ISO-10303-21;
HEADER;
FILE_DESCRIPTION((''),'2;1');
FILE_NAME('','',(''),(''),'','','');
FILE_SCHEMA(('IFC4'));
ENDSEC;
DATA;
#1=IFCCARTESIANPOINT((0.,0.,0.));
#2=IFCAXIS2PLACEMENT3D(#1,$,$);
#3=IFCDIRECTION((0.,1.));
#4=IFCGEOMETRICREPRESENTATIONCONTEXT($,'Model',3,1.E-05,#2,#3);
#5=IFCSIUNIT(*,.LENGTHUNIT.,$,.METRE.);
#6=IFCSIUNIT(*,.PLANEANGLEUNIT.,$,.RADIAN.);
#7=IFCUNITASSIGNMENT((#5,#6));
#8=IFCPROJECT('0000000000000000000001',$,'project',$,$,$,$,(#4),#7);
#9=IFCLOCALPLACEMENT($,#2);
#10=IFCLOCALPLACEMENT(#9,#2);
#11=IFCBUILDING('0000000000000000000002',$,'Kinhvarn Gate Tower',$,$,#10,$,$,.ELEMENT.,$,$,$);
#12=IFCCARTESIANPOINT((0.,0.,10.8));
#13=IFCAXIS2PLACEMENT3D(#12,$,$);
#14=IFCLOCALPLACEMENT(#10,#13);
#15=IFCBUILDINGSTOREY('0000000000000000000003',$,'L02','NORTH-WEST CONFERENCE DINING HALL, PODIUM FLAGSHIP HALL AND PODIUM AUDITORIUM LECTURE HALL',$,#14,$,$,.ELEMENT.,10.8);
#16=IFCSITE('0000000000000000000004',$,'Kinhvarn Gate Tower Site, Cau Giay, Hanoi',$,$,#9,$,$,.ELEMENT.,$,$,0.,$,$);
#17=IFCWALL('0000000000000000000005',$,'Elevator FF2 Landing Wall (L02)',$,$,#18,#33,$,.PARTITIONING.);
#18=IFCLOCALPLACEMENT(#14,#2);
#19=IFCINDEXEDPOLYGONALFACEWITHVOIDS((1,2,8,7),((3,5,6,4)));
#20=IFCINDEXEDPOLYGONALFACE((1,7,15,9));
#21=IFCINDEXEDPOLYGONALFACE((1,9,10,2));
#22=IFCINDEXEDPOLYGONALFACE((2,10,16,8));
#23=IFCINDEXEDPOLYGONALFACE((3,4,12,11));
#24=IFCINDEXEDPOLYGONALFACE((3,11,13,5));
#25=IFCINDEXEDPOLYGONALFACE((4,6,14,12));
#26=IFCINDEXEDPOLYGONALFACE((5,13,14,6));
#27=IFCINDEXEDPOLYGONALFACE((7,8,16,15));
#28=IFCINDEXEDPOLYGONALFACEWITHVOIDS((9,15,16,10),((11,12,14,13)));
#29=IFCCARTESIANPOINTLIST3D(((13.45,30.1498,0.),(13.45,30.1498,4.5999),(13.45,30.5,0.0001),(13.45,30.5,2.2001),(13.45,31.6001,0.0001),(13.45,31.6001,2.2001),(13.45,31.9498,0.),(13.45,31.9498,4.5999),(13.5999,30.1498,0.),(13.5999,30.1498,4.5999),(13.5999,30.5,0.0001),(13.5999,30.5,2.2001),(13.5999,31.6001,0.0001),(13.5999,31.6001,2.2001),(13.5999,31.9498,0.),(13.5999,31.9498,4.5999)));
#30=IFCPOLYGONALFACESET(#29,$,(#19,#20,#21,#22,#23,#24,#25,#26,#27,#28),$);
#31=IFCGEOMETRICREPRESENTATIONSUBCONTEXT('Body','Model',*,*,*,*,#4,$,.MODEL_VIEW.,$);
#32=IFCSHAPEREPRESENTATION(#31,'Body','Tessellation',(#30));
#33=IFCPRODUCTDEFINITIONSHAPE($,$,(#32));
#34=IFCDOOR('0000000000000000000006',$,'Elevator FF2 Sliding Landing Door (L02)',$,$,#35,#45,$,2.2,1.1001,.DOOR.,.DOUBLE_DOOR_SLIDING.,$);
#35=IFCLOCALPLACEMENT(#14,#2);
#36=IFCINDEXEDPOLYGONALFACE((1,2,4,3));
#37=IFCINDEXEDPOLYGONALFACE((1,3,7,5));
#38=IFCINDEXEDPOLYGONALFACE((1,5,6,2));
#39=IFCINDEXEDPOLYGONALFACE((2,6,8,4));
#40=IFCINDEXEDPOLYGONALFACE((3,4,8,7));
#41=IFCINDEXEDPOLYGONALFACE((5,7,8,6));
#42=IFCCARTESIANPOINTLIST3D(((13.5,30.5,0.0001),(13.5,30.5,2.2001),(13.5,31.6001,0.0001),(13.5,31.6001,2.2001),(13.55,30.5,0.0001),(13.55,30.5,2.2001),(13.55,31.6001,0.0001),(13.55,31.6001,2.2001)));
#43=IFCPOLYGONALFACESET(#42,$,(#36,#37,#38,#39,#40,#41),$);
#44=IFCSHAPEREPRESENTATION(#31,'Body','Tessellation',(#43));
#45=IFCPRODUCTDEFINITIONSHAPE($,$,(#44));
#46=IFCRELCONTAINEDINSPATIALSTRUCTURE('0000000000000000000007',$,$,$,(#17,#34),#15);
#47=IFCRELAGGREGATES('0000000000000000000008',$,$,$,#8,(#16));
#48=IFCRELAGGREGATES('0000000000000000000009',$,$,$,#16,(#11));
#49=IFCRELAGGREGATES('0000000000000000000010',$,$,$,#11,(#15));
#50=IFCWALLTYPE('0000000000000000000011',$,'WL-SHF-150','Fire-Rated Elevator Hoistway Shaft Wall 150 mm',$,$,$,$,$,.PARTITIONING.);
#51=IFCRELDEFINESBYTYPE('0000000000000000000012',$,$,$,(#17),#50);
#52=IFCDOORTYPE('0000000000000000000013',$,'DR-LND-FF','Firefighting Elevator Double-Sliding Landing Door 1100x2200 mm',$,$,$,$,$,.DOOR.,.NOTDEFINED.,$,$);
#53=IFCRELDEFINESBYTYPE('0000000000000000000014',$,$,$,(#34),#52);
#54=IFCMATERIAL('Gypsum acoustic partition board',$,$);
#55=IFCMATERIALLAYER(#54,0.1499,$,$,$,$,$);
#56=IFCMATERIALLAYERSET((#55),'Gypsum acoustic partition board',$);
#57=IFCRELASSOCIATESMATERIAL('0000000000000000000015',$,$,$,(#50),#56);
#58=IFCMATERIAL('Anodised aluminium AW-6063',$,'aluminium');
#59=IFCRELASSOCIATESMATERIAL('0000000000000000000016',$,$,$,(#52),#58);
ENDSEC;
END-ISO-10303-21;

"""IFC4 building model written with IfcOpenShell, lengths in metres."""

from ifc_helpers import new_model, si_unit, direction, frame, frame_2d, origin, place, context, subcontext, project, spatial, rectangle, extrude, material, layer, layer_set, type_object, element, fill, save


model = new_model("IFC4")

# Units and contexts
model_context = context("Model", 3, precision=1e-05, world=origin(), true_north=direction((0.0, 1.0)))
body_context = subcontext(model_context, "Body", "Model", "MODEL_VIEW")
ifc_project = project(units=[si_unit("LENGTHUNIT", "METRE"), si_unit("PLANEANGLEUNIT", "RADIAN")], contexts=[model_context])

# Site, building, storey
site_placement = place(None, origin())
site = spatial("IfcSite", under=ifc_project, at=site_placement, Name="Kinhvarn Gate Tower Site, Cau Giay, Hanoi", CompositionType="ELEMENT", RefElevation=0.0)
building_placement = place(site_placement, origin())
building = spatial("IfcBuilding", under=site, at=building_placement, Name="Kinhvarn Gate Tower", CompositionType="ELEMENT")
storey_placement = place(building_placement, frame((0.0, 0.0, 10.8)))
storey = spatial("IfcBuildingStorey", under=building, at=storey_placement, Name="L02", Description="NORTH-WEST CONFERENCE DINING HALL, PODIUM FLAGSHIP HALL AND PODIUM AUDITORIUM LECTURE HALL", CompositionType="ELEMENT", Elevation=10.8)

# Shared definitions
ifc_material_1 = material(Name="Anodised aluminium AW-6063", Category="aluminium")

# Shared definitions
ifc_material_2 = material(Name="Gypsum acoustic partition board")
ifc_layer_1 = layer(ifc_material_2, 0.1499)
ifc_layer_set_1 = layer_set([ifc_layer_1], Name="Gypsum acoustic partition board")
wall_type_1 = type_object("IfcWallType", Name="WL-SHF-150", Description="Fire-Rated Elevator Hoistway Shaft Wall 150 mm", PredefinedType="PARTITIONING", material=ifc_layer_set_1)

# Wall, opening, door
wall_1_placement = place(storey_placement, frame((13.5249, 30.1499, 0.0), z_axis=(0.0, 0.0, 1.0), x_axis=(0.0, 1.0, 0.0)))
wall_1 = element("IfcWall", 1, at=wall_1_placement, inside=storey, type_object=wall_type_1, Name="Elevator FF2 Landing Wall (L02)", PredefinedType="PARTITIONING", context=body_context, shape_type="SweptSolid", body=[
    extrude(rectangle(XDim=1.8, YDim=0.1499, at=frame_2d((0.8999, 0.0))), origin(), (0.0, 0.0, 1.0), 4.5999),
])
opening_1_placement = place(wall_1_placement, frame((0.3501, 0.0, 0.0)))
opening_1 = element("IfcOpeningElement", 2, at=opening_1_placement, cuts=wall_1, PredefinedType="OPENING", context=body_context, shape_type="SweptSolid", body=[
    extrude(rectangle(XDim=1.1001, YDim=2.2, at=frame_2d((0.55, 1.1001))), frame((0.0, 0.085, 0.0), z_axis=(0.0, -1.0, 0.0), x_axis=(1.0, 0.0, 0.0)), (0.0, 0.0, 1.0), 0.1699),
])
door_type_1 = type_object("IfcDoorType", Name="DR-LND-FF", Description="Firefighting Elevator Double-Sliding Landing Door 1100x2200 mm", OperationType="NOTDEFINED", PredefinedType="DOOR", material=ifc_material_1)
door_1_placement = place(opening_1_placement, origin())
door_1 = element("IfcDoor", 3, at=door_1_placement, inside=storey, type_object=door_type_1, Name="Elevator FF2 Sliding Landing Door (L02)", OperationType="DOUBLE_DOOR_SLIDING", OverallHeight=2.2, OverallWidth=1.1001, PredefinedType="DOOR", context=body_context, shape_type="SweptSolid", body=[
    extrude(rectangle(XDim=1.1001, YDim=2.2, at=frame_2d((0.55, 1.1001))), frame((0.0, 0.0249, 0.0), z_axis=(0.0, -1.0, 0.0), x_axis=(1.0, 0.0, 0.0)), (0.0, 0.0, 1.0), 0.05),
])
fill(opening_1, door_1)

save(model, "model.ifc")
